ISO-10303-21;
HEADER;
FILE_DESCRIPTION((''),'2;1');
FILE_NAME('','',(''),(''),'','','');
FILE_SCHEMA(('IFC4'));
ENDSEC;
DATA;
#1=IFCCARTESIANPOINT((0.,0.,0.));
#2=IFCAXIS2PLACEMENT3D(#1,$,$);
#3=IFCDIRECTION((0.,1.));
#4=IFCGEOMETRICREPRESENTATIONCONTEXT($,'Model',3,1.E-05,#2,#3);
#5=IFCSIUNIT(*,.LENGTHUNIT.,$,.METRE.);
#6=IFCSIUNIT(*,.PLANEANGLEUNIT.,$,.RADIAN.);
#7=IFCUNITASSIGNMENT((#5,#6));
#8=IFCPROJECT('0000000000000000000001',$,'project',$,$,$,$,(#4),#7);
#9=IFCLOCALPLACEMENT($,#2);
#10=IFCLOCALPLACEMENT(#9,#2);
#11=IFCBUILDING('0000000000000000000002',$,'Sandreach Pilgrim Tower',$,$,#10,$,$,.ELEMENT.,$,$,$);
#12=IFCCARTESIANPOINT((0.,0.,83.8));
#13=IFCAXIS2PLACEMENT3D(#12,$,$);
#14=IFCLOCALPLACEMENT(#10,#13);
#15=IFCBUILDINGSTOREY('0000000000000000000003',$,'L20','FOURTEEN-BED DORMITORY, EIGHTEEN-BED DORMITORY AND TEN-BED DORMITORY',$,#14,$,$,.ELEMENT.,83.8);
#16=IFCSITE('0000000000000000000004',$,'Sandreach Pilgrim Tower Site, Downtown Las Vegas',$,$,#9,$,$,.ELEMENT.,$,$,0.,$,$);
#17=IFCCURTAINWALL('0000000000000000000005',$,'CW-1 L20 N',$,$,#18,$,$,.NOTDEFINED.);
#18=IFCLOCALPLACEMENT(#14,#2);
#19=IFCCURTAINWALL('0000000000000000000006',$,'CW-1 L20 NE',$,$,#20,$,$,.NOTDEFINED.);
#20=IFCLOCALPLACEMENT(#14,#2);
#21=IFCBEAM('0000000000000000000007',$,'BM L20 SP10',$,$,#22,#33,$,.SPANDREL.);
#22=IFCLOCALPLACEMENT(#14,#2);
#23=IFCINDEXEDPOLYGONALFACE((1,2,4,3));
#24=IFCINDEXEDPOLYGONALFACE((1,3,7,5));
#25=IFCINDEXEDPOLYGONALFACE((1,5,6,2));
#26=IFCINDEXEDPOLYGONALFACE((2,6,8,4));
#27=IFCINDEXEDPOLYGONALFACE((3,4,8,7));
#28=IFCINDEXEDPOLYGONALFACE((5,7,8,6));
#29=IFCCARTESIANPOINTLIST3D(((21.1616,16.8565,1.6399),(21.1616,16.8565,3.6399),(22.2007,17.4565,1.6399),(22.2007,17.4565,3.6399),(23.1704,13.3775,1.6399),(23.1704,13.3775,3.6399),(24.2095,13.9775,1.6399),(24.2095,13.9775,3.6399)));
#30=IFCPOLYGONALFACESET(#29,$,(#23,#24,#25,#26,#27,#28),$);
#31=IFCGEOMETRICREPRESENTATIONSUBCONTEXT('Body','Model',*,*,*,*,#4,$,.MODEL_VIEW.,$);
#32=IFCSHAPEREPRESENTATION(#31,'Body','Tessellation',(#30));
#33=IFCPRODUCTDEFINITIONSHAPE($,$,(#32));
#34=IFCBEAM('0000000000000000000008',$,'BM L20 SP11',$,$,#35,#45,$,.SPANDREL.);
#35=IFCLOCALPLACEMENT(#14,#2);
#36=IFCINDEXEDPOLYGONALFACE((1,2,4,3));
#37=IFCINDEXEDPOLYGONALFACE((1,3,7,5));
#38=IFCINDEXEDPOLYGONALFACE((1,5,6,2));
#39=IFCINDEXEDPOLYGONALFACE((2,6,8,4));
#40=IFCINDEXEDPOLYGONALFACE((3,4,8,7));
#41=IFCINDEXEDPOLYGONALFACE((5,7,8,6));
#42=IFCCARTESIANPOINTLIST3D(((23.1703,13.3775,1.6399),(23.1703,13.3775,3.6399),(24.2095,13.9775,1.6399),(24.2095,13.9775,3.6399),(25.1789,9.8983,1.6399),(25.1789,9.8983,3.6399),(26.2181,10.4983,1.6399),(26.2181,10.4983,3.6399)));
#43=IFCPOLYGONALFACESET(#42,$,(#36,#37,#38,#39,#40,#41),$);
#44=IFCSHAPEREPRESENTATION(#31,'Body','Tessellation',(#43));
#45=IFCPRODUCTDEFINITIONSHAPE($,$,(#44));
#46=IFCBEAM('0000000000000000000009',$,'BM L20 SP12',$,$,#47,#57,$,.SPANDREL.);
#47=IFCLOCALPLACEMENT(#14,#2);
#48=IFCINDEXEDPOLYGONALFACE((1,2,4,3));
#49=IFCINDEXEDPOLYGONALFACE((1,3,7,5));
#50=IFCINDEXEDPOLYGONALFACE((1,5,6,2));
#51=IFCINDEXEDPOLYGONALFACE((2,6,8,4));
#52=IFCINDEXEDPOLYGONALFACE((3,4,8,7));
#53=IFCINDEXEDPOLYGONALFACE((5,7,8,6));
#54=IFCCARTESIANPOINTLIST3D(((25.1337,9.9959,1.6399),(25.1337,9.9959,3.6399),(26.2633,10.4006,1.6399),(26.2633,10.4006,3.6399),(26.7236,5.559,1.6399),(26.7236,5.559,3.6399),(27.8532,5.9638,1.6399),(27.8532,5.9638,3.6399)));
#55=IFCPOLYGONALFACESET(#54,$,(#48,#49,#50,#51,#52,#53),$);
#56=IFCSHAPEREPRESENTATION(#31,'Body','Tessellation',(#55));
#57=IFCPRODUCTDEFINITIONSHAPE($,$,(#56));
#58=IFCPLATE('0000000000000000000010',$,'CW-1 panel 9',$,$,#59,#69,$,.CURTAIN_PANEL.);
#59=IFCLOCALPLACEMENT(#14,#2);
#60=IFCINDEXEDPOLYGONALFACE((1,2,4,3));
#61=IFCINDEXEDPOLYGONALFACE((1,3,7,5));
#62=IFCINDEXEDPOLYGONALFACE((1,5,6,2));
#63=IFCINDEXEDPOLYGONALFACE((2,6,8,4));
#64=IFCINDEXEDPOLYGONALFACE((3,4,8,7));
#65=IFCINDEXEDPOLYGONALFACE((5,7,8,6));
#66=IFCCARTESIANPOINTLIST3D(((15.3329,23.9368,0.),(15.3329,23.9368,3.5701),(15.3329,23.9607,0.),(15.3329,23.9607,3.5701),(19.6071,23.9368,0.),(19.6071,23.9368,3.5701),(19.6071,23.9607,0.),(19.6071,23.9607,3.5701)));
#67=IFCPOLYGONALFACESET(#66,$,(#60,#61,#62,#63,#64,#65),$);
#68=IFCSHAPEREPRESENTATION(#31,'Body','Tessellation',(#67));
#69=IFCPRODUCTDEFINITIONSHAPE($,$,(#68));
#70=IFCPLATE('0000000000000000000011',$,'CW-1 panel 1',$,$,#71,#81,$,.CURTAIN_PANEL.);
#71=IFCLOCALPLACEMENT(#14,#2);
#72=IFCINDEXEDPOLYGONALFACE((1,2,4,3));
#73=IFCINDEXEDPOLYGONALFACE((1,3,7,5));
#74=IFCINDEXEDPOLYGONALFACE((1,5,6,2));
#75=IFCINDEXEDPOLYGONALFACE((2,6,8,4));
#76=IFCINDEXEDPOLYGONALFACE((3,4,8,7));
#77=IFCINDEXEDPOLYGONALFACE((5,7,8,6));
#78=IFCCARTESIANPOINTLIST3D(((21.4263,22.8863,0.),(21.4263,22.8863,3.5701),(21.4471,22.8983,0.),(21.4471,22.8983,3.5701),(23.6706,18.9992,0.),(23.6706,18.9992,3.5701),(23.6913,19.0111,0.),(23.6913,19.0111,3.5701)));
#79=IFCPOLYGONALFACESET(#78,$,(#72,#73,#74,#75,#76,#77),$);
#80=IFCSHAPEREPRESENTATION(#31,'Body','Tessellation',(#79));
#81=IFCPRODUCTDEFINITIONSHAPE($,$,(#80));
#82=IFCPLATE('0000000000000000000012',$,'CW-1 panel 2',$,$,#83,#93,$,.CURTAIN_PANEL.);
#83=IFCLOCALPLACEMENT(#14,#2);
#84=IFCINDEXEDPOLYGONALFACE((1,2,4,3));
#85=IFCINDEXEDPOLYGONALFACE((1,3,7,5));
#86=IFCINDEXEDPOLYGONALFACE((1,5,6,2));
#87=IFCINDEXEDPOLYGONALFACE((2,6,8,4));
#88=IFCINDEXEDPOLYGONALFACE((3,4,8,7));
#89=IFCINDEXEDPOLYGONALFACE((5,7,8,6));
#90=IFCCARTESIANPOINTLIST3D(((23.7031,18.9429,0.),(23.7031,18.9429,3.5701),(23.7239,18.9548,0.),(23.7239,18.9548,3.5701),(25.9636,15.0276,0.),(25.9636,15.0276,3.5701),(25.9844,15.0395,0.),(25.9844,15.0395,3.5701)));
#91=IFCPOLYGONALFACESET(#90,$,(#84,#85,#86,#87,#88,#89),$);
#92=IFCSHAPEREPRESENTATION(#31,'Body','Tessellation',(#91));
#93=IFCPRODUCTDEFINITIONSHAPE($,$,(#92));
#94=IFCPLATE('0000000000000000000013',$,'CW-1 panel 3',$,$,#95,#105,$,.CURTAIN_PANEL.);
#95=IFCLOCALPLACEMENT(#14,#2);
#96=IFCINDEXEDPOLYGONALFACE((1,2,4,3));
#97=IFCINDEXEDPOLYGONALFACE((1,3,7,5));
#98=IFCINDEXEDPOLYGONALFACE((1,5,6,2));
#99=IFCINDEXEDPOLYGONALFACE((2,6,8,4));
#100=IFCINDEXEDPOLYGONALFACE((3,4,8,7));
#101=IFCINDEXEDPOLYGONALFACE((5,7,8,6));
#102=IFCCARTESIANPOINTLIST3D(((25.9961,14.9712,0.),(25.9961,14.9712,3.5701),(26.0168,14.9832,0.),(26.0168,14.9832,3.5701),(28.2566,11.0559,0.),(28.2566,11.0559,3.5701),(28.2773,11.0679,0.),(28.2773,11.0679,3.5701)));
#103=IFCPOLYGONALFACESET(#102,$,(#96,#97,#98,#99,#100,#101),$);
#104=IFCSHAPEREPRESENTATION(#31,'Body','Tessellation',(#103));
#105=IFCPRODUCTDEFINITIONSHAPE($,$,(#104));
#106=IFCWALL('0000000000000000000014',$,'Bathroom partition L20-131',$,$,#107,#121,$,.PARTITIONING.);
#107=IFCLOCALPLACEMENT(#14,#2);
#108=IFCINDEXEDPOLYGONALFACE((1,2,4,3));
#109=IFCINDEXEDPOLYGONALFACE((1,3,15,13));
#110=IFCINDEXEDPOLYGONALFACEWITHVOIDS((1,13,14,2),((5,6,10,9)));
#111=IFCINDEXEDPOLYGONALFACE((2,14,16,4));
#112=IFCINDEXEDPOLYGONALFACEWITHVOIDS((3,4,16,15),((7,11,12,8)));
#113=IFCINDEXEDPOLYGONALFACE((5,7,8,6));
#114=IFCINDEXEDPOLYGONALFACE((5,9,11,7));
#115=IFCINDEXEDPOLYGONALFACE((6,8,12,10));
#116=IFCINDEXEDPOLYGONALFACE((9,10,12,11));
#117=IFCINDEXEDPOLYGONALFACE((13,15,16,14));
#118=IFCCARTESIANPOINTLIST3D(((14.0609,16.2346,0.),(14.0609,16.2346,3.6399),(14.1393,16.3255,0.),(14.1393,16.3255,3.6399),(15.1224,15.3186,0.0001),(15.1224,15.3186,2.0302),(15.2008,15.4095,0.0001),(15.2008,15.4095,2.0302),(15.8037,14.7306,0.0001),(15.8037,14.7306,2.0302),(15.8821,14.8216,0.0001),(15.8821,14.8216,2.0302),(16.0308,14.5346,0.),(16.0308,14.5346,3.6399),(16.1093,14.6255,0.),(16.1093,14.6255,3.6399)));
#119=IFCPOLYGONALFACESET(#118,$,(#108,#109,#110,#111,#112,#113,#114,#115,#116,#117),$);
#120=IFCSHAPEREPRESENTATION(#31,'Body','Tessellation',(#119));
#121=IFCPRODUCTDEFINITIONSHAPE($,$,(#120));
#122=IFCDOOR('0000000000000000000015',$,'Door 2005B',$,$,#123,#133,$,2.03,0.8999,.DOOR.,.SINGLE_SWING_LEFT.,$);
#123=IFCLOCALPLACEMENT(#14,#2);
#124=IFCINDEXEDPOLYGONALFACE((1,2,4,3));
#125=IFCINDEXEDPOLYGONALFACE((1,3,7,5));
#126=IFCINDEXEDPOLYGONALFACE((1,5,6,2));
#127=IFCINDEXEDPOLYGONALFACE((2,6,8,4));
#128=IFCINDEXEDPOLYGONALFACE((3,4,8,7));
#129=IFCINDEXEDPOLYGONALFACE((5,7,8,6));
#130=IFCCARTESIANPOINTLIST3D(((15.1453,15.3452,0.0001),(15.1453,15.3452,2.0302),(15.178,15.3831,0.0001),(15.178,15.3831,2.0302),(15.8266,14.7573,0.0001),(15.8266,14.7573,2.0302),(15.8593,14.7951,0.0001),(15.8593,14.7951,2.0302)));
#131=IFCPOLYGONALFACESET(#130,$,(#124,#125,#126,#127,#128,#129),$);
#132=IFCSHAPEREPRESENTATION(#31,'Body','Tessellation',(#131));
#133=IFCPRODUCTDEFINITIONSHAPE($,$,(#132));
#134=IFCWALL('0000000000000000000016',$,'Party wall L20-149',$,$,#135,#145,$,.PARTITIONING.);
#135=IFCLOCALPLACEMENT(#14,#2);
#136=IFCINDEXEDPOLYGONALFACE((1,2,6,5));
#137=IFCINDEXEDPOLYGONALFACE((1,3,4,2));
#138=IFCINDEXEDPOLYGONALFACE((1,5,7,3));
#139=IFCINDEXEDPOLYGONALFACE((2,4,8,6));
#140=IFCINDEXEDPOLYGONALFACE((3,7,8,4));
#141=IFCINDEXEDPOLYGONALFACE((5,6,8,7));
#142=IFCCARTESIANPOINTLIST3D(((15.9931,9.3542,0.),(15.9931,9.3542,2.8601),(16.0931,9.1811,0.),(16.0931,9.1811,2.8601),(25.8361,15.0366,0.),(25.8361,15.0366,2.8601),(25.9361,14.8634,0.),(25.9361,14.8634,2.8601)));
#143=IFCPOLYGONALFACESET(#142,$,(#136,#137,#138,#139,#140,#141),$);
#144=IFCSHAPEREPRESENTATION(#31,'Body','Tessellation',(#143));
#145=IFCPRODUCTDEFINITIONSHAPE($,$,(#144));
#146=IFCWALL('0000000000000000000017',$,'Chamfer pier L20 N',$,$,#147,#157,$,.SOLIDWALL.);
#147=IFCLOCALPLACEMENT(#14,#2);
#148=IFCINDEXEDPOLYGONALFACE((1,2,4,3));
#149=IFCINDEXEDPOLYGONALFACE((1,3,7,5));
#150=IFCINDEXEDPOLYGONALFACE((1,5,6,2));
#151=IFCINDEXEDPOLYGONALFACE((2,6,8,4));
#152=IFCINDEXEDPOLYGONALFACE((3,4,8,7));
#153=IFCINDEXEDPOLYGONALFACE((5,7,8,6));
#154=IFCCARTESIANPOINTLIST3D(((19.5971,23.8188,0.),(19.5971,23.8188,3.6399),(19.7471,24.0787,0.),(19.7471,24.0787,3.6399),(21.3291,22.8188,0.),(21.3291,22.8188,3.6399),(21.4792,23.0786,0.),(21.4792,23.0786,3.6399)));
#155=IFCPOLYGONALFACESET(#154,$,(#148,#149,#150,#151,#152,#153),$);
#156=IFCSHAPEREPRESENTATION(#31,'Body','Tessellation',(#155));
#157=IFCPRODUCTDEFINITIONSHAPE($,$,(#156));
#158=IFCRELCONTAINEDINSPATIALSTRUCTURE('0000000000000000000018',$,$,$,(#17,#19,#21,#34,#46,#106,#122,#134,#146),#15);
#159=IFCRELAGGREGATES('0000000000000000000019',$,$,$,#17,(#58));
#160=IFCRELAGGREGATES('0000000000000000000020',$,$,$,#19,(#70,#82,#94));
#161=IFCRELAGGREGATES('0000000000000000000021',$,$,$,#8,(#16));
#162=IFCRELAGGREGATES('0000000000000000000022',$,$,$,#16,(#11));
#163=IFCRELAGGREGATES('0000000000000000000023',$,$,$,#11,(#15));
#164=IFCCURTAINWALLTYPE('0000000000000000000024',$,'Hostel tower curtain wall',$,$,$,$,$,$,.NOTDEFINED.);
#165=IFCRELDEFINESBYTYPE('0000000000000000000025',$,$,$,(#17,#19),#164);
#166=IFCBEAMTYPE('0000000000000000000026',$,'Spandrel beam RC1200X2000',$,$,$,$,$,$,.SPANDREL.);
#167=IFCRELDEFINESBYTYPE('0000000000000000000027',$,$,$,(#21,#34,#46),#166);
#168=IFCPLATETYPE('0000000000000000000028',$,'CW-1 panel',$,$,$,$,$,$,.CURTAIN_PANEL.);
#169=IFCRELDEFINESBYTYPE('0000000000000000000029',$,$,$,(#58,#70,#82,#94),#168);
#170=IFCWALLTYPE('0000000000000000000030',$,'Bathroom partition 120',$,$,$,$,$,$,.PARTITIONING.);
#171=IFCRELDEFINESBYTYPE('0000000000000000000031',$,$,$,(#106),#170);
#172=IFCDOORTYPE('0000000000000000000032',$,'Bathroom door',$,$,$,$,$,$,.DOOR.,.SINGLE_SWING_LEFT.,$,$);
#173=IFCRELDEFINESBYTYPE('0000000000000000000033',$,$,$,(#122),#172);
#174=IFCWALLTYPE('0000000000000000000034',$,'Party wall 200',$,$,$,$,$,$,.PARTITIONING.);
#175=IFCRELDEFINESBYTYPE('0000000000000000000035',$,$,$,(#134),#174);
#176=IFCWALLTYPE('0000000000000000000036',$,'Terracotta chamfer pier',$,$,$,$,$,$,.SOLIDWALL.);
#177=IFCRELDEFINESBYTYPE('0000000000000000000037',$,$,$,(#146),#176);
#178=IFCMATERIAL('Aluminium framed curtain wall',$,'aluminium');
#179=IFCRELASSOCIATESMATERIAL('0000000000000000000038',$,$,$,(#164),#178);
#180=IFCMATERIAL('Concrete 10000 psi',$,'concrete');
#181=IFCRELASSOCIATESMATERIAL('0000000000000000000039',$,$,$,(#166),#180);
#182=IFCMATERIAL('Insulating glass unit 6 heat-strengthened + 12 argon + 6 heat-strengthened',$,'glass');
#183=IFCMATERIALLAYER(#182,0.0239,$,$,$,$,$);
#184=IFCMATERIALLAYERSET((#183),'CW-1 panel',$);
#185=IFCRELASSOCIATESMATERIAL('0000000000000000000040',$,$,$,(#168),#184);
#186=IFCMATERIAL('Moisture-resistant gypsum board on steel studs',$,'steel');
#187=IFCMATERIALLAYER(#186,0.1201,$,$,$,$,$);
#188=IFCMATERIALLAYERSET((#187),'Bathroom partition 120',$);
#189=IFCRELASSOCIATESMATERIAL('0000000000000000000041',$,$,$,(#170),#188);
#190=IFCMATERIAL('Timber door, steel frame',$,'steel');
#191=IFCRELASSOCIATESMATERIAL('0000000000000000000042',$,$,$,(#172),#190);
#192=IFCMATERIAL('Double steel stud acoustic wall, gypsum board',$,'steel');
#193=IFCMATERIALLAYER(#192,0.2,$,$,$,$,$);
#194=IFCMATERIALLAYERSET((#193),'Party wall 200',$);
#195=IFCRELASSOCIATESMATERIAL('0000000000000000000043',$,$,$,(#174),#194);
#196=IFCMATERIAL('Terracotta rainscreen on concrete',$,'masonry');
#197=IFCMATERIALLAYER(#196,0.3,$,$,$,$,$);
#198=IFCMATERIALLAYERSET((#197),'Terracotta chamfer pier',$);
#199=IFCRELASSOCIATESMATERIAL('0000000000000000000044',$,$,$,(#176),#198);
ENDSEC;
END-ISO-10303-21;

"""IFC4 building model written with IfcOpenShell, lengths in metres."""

from ifc_helpers import new_model, si_unit, direction, frame, frame_2d, origin, origin_2d, place, context, subcontext, project, spatial, rectangle, extrude, material, layer, layer_set, material_profile, profile_set, type_object, element, fill, aggregate, save


model = new_model("IFC4")

# Units and contexts
model_context = context("Model", 3, precision=1e-05, world=origin(), true_north=direction((0.0, 1.0)))
body_context = subcontext(model_context, "Body", "Model", "MODEL_VIEW")
ifc_project = project(units=[si_unit("LENGTHUNIT", "METRE"), si_unit("PLANEANGLEUNIT", "RADIAN")], contexts=[model_context])

# Site, building, storey
site_placement = place(None, origin())
site = spatial("IfcSite", under=ifc_project, at=site_placement, Name="Sandreach Pilgrim Tower Site, Downtown Las Vegas", CompositionType="ELEMENT", RefElevation=0.0)
building_placement = place(site_placement, origin())
building = spatial("IfcBuilding", under=site, at=building_placement, Name="Sandreach Pilgrim Tower", CompositionType="ELEMENT")
storey_placement = place(building_placement, frame((0.0, 0.0, 83.8)))
storey = spatial("IfcBuildingStorey", under=building, at=storey_placement, Name="L20", Description="FOURTEEN-BED DORMITORY, EIGHTEEN-BED DORMITORY AND TEN-BED DORMITORY", CompositionType="ELEMENT", Elevation=83.8)

# Curtain wall
ifc_material_1 = material(Name="Aluminium framed curtain wall", Category="aluminium")
curtain_wall_type = type_object("IfcCurtainWallType", Name="Hostel tower curtain wall", PredefinedType="NOTDEFINED", material=ifc_material_1)
curtain_wall_1_placement = place(storey_placement, origin())
curtain_wall_1 = element("IfcCurtainWall", 1, at=curtain_wall_1_placement, inside=storey, type_object=curtain_wall_type, Name="CW-1 L20 N", PredefinedType="NOTDEFINED")

# Curtain wall
curtain_wall_2_placement = place(storey_placement, origin())
curtain_wall_2 = element("IfcCurtainWall", 2, at=curtain_wall_2_placement, inside=storey, type_object=curtain_wall_type, Name="CW-1 L20 NE", PredefinedType="NOTDEFINED")

# Beams
ifc_material_2 = material(Name="Concrete 10000 psi", Category="concrete")
ifc_material_profile_1 = material_profile(ifc_material_2, rectangle(XDim=1.2, YDim=2.0, at=origin_2d()), Name="RC1200X2000")
ifc_profile_set_1 = profile_set([ifc_material_profile_1], Name="Concrete 10000 psi")
beam_type_1 = type_object("IfcBeamType", Name="Spandrel beam RC1200X2000", PredefinedType="SPANDREL", material=ifc_profile_set_1)
for number, where, z_axis, x_axis, name in (
    (3, (21.6812, 17.1565, 2.6399), (0.500035, -0.866005, 0.0), (0.866005, 0.500035, 0.0), "BM L20 SP10"),
    (4, (23.6899, 13.6775, 2.6399), (0.499963, -0.866047, 0.0), (0.866047, 0.499963, 0.0), "BM L20 SP11"),
):
    element("IfcBeam", number, at=place(storey_placement, frame(where, z_axis=z_axis, x_axis=x_axis)), inside=storey, type_object=beam_type_1, Name=name, PredefinedType="SPANDREL", context=body_context, shape_type="SweptSolid", body=[
        extrude(rectangle(XDim=1.2, YDim=2.0, at=origin_2d()), origin(), (0.0, 0.0, 1.0), 4.0173),
    ])
beam_1_placement = place(storey_placement, frame((25.6985, 10.1982, 2.6399), z_axis=(0.337331, -0.941386, 0.0), x_axis=(0.941386, 0.337331, 0.0)))
element("IfcBeam", 5, at=beam_1_placement, inside=storey, type_object=beam_type_1, Name="BM L20 SP12", PredefinedType="SPANDREL", context=body_context, shape_type="SweptSolid", body=[
    extrude(rectangle(XDim=1.2, YDim=2.0, at=origin_2d()), origin(), (0.0, 0.0, 1.0), 4.7131),
])

# Plates
ifc_material_3 = material(Name="Insulating glass unit 6 heat-strengthened + 12 argon + 6 heat-strengthened", Category="glass")
ifc_layer_1 = layer(ifc_material_3, 0.0239)
ifc_layer_set_1 = layer_set([ifc_layer_1], Name="CW-1 panel")
plate_type = type_object("IfcPlateType", Name="CW-1 panel", PredefinedType="CURTAIN_PANEL", material=ifc_layer_set_1)
plate_1_placement = place(storey_placement, frame((17.47, 23.9487, 0.0), z_axis=(0.0, 0.0, 1.0), x_axis=(1.0, 0.0, 0.0)))
plate_1 = element("IfcPlate", 6, at=plate_1_placement, type_object=plate_type, Name="CW-1 panel 9", PredefinedType="CURTAIN_PANEL", context=body_context, shape_type="SweptSolid", body=[
    extrude(rectangle(XDim=4.2742, YDim=0.0239, at=origin_2d()), origin(), (0.0, 0.0, 1.0), 3.5701),
])
aggregate(curtain_wall_1, [plate_1])
plate_2_placement = place(storey_placement, frame((22.5588, 20.9487, 0.0), z_axis=(0.0, 0.0, 1.0), x_axis=(0.5, -0.866025, 0.0)))
plate_2 = element("IfcPlate", 7, at=plate_2_placement, type_object=plate_type, Name="CW-1 panel 1", PredefinedType="CURTAIN_PANEL", context=body_context, shape_type="SweptSolid", body=[
    extrude(rectangle(XDim=4.4885, YDim=0.0239, at=origin_2d()), origin(), (0.0, 0.0, 1.0), 3.5701),
])
plate_3_placement = place(storey_placement, frame((24.8438, 16.9912, 0.0), z_axis=(0.0, 0.0, 1.0), x_axis=(0.5, -0.866025, 0.0)))
plate_3 = element("IfcPlate", 8, at=plate_3_placement, type_object=plate_type, Name="CW-1 panel 2", PredefinedType="CURTAIN_PANEL", context=body_context, shape_type="SweptSolid", body=[
    extrude(rectangle(XDim=4.521, YDim=0.0239, at=origin_2d()), origin(), (0.0, 0.0, 1.0), 3.5701),
])
plate_4_placement = place(storey_placement, frame((27.1367, 13.0195, 0.0), z_axis=(0.0, 0.0, 1.0), x_axis=(0.5, -0.866025, 0.0)))
plate_4 = element("IfcPlate", 9, at=plate_4_placement, type_object=plate_type, Name="CW-1 panel 3", PredefinedType="CURTAIN_PANEL", context=body_context, shape_type="SweptSolid", body=[
    extrude(rectangle(XDim=4.521, YDim=0.0239, at=origin_2d()), origin(), (0.0, 0.0, 1.0), 3.5701),
])
aggregate(curtain_wall_2, [plate_2, plate_3, plate_4])

# Wall, opening, door
ifc_material_4 = material(Name="Moisture-resistant gypsum board on steel studs", Category="steel")
ifc_layer_2 = layer(ifc_material_4, 0.1201)
ifc_layer_set_2 = layer_set([ifc_layer_2], Name="Bathroom partition 120")
wall_type_1 = type_object("IfcWallType", Name="Bathroom partition 120", PredefinedType="PARTITIONING", material=ifc_layer_set_2)
wall_1_placement = place(storey_placement, frame((16.0701, 14.5801, 0.0), z_axis=(0.0, 0.0, 1.0), x_axis=(-0.757087, 0.653314, 0.0)))
wall_1 = element("IfcWall", 10, at=wall_1_placement, inside=storey, type_object=wall_type_1, Name="Bathroom partition L20-131", PredefinedType="PARTITIONING", context=body_context, shape_type="SweptSolid", body=[
    extrude(rectangle(XDim=2.6021, YDim=0.1201, at=frame_2d((1.301, 0.0))), origin(), (0.0, 0.0, 1.0), 3.6399),
])
opening_placement = place(wall_1_placement, frame((0.3, 0.0, 0.0)))
opening = element("IfcOpeningElement", 11, at=opening_placement, cuts=wall_1, PredefinedType="OPENING", context=body_context, shape_type="SweptSolid", body=[
    extrude(rectangle(XDim=0.8999, YDim=2.03, at=frame_2d((0.45, 1.0151))), frame((0.0, 0.0601, 0.0), z_axis=(0.0, -1.0, 0.0), x_axis=(1.0, 0.0, 0.0)), (0.0, 0.0, 1.0), 0.1201),
])
ifc_material_5 = material(Name="Timber door, steel frame", Category="steel")
door_type = type_object("IfcDoorType", Name="Bathroom door", OperationType="SINGLE_SWING_LEFT", PredefinedType="DOOR", material=ifc_material_5)
door_placement = place(opening_placement, origin())
door = element("IfcDoor", 12, at=door_placement, inside=storey, type_object=door_type, Name="Door 2005B", OperationType="SINGLE_SWING_LEFT", OverallHeight=2.03, OverallWidth=0.8999, PredefinedType="DOOR", context=body_context, shape_type="SweptSolid", body=[
    extrude(rectangle(XDim=0.8999, YDim=2.03, at=frame_2d((0.45, 1.0151))), frame((0.0, 0.0249, 0.0), z_axis=(0.0, -1.0, 0.0), x_axis=(1.0, 0.0, 0.0)), (0.0, 0.0, 1.0), 0.05),
])
fill(opening, door)

# Walls
ifc_material_6 = material(Name="Double steel stud acoustic wall, gypsum board", Category="steel")
ifc_layer_3 = layer(ifc_material_6, 0.2)
ifc_layer_set_3 = layer_set([ifc_layer_3], Name="Party wall 200")
wall_type_2 = type_object("IfcWallType", Name="Party wall 200", PredefinedType="PARTITIONING", material=ifc_layer_set_3)
wall_2_placement = place(storey_placement, frame((25.886, 14.95, 0.0), z_axis=(0.0, 0.0, 1.0), x_axis=(-0.866044, -0.499967, 0.0)))
element("IfcWall", 13, at=wall_2_placement, inside=storey, type_object=wall_type_2, Name="Party wall L20-149", PredefinedType="PARTITIONING", context=body_context, shape_type="SweptSolid", body=[
    extrude(rectangle(XDim=11.3655, YDim=0.2, at=frame_2d((5.6826, 0.0))), origin(), (0.0, 0.0, 1.0), 2.8601),
])
ifc_material_7 = material(Name="Terracotta rainscreen on concrete", Category="masonry")
ifc_layer_4 = layer(ifc_material_7, 0.3)
ifc_layer_set_4 = layer_set([ifc_layer_4], Name="Terracotta chamfer pier")
wall_type_3 = type_object("IfcWallType", Name="Terracotta chamfer pier", PredefinedType="SOLIDWALL", material=ifc_layer_set_4)
wall_3_placement = place(storey_placement, frame((19.6721, 23.9487, 0.0), z_axis=(0.0, 0.0, 1.0), x_axis=(0.866011, -0.500025, 0.0)))
element("IfcWall", 14, at=wall_3_placement, inside=storey, type_object=wall_type_3, Name="Chamfer pier L20 N", PredefinedType="SOLIDWALL", context=body_context, shape_type="SweptSolid", body=[
    extrude(rectangle(XDim=2.0, YDim=0.3, at=frame_2d((1.0, 0.0))), origin(), (0.0, 0.0, 1.0), 3.6399),
])

save(model, "model.ifc")
